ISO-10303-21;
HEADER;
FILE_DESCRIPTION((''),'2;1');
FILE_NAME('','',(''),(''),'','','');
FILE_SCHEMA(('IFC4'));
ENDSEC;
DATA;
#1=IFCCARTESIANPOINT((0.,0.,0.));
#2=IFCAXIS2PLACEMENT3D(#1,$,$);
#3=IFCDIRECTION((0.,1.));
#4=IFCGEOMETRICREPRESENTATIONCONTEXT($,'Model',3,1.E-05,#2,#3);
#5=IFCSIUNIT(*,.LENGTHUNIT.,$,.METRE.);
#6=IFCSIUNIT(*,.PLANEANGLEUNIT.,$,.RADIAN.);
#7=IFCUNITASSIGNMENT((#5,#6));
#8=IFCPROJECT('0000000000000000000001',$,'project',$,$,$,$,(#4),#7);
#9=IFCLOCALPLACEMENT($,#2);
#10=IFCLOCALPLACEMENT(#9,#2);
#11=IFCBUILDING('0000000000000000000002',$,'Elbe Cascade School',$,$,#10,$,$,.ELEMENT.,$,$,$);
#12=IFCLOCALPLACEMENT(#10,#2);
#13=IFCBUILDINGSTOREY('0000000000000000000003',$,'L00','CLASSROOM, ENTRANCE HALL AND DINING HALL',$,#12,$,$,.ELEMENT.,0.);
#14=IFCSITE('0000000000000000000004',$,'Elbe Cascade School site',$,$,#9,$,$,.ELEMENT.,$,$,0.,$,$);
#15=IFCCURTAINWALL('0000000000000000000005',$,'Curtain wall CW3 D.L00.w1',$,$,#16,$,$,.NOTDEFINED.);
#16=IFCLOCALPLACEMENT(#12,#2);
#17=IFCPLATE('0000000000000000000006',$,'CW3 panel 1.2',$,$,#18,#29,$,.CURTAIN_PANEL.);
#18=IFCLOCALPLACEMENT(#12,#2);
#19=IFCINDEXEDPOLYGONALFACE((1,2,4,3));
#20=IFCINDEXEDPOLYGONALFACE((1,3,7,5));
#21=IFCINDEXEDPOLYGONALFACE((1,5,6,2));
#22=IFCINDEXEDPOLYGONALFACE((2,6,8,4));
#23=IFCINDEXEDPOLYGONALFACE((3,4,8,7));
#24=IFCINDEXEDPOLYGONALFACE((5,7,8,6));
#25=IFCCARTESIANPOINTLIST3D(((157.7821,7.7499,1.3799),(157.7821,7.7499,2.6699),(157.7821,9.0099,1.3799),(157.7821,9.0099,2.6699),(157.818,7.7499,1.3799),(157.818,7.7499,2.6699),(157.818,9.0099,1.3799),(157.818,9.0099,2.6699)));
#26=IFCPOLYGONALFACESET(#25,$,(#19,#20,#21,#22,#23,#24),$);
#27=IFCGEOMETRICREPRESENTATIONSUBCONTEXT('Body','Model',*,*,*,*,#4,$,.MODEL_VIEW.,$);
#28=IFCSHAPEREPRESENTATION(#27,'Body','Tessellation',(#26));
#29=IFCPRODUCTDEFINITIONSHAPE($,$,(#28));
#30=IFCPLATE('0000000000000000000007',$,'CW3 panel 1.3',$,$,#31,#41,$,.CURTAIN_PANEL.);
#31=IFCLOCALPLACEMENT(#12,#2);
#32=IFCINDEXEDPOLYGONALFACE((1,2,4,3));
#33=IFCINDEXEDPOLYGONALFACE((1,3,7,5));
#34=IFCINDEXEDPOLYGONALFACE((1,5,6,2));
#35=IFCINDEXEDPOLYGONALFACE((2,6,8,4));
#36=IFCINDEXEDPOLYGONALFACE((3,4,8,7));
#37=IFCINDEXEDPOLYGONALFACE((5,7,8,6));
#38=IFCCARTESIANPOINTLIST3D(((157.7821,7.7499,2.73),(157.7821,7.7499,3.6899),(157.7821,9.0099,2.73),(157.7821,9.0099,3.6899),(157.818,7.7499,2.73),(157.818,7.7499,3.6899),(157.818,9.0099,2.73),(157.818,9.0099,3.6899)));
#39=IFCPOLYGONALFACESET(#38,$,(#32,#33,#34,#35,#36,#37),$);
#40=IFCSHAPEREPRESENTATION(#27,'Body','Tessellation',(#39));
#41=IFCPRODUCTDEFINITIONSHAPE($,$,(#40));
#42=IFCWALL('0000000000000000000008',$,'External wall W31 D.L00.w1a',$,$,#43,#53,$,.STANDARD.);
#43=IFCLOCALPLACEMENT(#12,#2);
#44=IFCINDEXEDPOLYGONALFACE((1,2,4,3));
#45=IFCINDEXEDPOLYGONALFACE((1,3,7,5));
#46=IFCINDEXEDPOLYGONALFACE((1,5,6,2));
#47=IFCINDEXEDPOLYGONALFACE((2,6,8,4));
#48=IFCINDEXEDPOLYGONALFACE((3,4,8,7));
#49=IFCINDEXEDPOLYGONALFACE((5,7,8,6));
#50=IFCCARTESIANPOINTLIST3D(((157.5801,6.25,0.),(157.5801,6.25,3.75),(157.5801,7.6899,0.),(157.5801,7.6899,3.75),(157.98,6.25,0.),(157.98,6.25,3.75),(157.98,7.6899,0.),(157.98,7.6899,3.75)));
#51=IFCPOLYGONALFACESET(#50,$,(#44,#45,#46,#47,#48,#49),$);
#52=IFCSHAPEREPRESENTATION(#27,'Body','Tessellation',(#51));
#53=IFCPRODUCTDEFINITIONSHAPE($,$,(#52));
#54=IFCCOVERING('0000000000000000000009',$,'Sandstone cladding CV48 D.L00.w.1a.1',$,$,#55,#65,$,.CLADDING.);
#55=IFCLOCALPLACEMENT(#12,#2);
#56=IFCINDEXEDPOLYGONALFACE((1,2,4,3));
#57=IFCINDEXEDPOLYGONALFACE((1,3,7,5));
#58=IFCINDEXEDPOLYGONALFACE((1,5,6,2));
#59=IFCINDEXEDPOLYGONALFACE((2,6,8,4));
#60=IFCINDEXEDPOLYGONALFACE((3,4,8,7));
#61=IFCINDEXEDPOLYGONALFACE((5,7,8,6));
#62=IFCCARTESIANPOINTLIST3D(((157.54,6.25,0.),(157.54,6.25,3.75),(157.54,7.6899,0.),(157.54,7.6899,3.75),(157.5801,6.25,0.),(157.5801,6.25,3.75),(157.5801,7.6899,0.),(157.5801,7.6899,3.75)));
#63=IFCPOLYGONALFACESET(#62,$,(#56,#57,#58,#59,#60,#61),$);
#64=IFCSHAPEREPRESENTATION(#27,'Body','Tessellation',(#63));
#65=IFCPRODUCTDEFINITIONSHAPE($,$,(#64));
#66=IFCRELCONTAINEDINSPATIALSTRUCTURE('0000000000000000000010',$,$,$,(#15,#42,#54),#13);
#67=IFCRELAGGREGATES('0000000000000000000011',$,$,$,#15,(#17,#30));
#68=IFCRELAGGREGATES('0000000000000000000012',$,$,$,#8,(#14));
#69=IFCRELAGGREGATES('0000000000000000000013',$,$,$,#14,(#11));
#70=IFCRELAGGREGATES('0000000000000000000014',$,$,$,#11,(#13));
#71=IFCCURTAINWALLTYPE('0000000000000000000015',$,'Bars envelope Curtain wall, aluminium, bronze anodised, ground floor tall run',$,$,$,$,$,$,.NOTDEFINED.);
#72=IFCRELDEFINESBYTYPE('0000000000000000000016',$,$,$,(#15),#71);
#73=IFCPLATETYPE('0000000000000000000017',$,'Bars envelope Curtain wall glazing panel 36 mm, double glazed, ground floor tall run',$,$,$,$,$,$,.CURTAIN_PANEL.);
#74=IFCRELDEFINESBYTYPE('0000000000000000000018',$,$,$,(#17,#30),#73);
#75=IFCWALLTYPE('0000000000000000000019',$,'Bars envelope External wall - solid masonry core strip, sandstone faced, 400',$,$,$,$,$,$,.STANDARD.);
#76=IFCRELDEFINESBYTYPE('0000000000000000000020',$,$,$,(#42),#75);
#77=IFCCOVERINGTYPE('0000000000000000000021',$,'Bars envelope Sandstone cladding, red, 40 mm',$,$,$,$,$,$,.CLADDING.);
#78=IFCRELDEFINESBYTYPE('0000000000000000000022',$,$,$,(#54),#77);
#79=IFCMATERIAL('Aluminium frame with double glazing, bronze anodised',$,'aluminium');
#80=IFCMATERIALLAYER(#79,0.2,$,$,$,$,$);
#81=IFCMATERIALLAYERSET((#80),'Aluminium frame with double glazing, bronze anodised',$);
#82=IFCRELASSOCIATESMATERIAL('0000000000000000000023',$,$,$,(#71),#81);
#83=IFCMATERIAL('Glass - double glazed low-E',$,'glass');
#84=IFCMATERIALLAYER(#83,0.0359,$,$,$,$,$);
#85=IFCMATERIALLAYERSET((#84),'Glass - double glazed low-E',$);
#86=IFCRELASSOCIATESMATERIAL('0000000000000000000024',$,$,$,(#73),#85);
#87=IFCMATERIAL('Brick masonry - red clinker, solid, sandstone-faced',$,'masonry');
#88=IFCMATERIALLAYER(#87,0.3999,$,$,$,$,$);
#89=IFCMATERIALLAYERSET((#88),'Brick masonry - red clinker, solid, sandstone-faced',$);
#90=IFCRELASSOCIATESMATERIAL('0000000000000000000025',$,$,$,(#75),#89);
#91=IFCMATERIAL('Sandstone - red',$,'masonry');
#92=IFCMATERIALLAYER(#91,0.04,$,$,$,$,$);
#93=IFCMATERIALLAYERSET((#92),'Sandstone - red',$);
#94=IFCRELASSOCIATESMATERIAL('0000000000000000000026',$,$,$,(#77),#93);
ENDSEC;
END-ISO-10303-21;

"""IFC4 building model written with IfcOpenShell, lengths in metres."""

from ifc_helpers import new_model, si_unit, direction, frame, frame_2d, origin, origin_2d, place, context, subcontext, project, spatial, rectangle, extrude, material, layer, layer_set, type_object, element, aggregate, save


model = new_model("IFC4")

# Units and contexts
model_context = context("Model", 3, precision=1e-05, world=origin(), true_north=direction((0.0, 1.0)))
body_context = subcontext(model_context, "Body", "Model", "MODEL_VIEW")
ifc_project = project(units=[si_unit("LENGTHUNIT", "METRE"), si_unit("PLANEANGLEUNIT", "RADIAN")], contexts=[model_context])

# Site, building, storey
site_placement = place(None, origin())
site = spatial("IfcSite", under=ifc_project, at=site_placement, Name="Elbe Cascade School site", CompositionType="ELEMENT", RefElevation=0.0)
building_placement = place(site_placement, origin())
building = spatial("IfcBuilding", under=site, at=building_placement, Name="Elbe Cascade School", CompositionType="ELEMENT")
storey_placement = place(building_placement, origin())
storey = spatial("IfcBuildingStorey", under=building, at=storey_placement, Name="L00", Description="CLASSROOM, ENTRANCE HALL AND DINING HALL", CompositionType="ELEMENT", Elevation=0.0)

# Curtain wall
ifc_material_1 = material(Name="Aluminium frame with double glazing, bronze anodised", Category="aluminium")
ifc_layer_1 = layer(ifc_material_1, 0.2)
ifc_layer_set_1 = layer_set([ifc_layer_1], Name="Aluminium frame with double glazing, bronze anodised")
curtain_wall_type = type_object("IfcCurtainWallType", Name="Bars envelope Curtain wall, aluminium, bronze anodised, ground floor tall run", PredefinedType="NOTDEFINED", material=ifc_layer_set_1)
curtain_wall_placement = place(storey_placement, origin())
curtain_wall = element("IfcCurtainWall", 1, at=curtain_wall_placement, inside=storey, type_object=curtain_wall_type, Name="Curtain wall CW3 D.L00.w1", PredefinedType="NOTDEFINED")

# Plates
ifc_material_2 = material(Name="Glass - double glazed low-E", Category="glass")
ifc_layer_2 = layer(ifc_material_2, 0.0359)
ifc_layer_set_2 = layer_set([ifc_layer_2], Name="Glass - double glazed low-E")
plate_type = type_object("IfcPlateType", Name="Bars envelope Curtain wall glazing panel 36 mm, double glazed, ground floor tall run", PredefinedType="CURTAIN_PANEL", material=ifc_layer_set_2)
plate_1_placement = place(storey_placement, frame((157.8, 8.3799, 1.3799), z_axis=(0.0, 0.0, 1.0), x_axis=(0.0, 1.0, 0.0)))
plate_1 = element("IfcPlate", 2, at=plate_1_placement, type_object=plate_type, Name="CW3 panel 1.2", PredefinedType="CURTAIN_PANEL", context=body_context, shape_type="SweptSolid", body=[
    extrude(rectangle(XDim=1.26, YDim=0.0359, at=origin_2d()), origin(), (0.0, 0.0, 1.0), 1.29),
])
plate_2_placement = place(storey_placement, frame((157.8, 8.3799, 2.73), z_axis=(0.0, 0.0, 1.0), x_axis=(0.0, 1.0, 0.0)))
plate_2 = element("IfcPlate", 3, at=plate_2_placement, type_object=plate_type, Name="CW3 panel 1.3", PredefinedType="CURTAIN_PANEL", context=body_context, shape_type="SweptSolid", body=[
    extrude(rectangle(XDim=1.26, YDim=0.0359, at=origin_2d()), origin(), (0.0, 0.0, 1.0), 0.96),
])
aggregate(curtain_wall, [plate_1, plate_2])

# Wall
ifc_material_3 = material(Name="Brick masonry - red clinker, solid, sandstone-faced", Category="masonry")
ifc_layer_3 = layer(ifc_material_3, 0.3999)
ifc_layer_set_3 = layer_set([ifc_layer_3], Name="Brick masonry - red clinker, solid, sandstone-faced")
wall_type = type_object("IfcWallType", Name="Bars envelope External wall - solid masonry core strip, sandstone faced, 400", PredefinedType="STANDARD", material=ifc_layer_set_3)
wall_placement = place(storey_placement, frame((157.78, 6.25, 0.0), z_axis=(0.0, 0.0, 1.0), x_axis=(0.0, 1.0, 0.0)))
element("IfcWall", 4, at=wall_placement, inside=storey, type_object=wall_type, Name="External wall W31 D.L00.w1a", PredefinedType="STANDARD", context=body_context, shape_type="SweptSolid", body=[
    extrude(rectangle(XDim=1.4399, YDim=0.3999, at=frame_2d((0.72, 0.0))), origin(), (0.0, 0.0, 1.0), 3.75),
])

# Covering
ifc_material_4 = material(Name="Sandstone - red", Category="masonry")
ifc_layer_4 = layer(ifc_material_4, 0.04)
ifc_layer_set_4 = layer_set([ifc_layer_4], Name="Sandstone - red")
covering_type = type_object("IfcCoveringType", Name="Bars envelope Sandstone cladding, red, 40 mm", PredefinedType="CLADDING", material=ifc_layer_set_4)
covering_placement = place(storey_placement, frame((157.5601, 6.97, 0.0), z_axis=(0.0, 0.0, 1.0), x_axis=(0.0, 1.0, 0.0)))
element("IfcCovering", 5, at=covering_placement, inside=storey, type_object=covering_type, Name="Sandstone cladding CV48 D.L00.w.1a.1", PredefinedType="CLADDING", context=body_context, shape_type="SweptSolid", body=[
    extrude(rectangle(XDim=1.4399, YDim=0.04, at=origin_2d()), origin(), (0.0, 0.0, 1.0), 3.75),
])

save(model, "model.ifc")
